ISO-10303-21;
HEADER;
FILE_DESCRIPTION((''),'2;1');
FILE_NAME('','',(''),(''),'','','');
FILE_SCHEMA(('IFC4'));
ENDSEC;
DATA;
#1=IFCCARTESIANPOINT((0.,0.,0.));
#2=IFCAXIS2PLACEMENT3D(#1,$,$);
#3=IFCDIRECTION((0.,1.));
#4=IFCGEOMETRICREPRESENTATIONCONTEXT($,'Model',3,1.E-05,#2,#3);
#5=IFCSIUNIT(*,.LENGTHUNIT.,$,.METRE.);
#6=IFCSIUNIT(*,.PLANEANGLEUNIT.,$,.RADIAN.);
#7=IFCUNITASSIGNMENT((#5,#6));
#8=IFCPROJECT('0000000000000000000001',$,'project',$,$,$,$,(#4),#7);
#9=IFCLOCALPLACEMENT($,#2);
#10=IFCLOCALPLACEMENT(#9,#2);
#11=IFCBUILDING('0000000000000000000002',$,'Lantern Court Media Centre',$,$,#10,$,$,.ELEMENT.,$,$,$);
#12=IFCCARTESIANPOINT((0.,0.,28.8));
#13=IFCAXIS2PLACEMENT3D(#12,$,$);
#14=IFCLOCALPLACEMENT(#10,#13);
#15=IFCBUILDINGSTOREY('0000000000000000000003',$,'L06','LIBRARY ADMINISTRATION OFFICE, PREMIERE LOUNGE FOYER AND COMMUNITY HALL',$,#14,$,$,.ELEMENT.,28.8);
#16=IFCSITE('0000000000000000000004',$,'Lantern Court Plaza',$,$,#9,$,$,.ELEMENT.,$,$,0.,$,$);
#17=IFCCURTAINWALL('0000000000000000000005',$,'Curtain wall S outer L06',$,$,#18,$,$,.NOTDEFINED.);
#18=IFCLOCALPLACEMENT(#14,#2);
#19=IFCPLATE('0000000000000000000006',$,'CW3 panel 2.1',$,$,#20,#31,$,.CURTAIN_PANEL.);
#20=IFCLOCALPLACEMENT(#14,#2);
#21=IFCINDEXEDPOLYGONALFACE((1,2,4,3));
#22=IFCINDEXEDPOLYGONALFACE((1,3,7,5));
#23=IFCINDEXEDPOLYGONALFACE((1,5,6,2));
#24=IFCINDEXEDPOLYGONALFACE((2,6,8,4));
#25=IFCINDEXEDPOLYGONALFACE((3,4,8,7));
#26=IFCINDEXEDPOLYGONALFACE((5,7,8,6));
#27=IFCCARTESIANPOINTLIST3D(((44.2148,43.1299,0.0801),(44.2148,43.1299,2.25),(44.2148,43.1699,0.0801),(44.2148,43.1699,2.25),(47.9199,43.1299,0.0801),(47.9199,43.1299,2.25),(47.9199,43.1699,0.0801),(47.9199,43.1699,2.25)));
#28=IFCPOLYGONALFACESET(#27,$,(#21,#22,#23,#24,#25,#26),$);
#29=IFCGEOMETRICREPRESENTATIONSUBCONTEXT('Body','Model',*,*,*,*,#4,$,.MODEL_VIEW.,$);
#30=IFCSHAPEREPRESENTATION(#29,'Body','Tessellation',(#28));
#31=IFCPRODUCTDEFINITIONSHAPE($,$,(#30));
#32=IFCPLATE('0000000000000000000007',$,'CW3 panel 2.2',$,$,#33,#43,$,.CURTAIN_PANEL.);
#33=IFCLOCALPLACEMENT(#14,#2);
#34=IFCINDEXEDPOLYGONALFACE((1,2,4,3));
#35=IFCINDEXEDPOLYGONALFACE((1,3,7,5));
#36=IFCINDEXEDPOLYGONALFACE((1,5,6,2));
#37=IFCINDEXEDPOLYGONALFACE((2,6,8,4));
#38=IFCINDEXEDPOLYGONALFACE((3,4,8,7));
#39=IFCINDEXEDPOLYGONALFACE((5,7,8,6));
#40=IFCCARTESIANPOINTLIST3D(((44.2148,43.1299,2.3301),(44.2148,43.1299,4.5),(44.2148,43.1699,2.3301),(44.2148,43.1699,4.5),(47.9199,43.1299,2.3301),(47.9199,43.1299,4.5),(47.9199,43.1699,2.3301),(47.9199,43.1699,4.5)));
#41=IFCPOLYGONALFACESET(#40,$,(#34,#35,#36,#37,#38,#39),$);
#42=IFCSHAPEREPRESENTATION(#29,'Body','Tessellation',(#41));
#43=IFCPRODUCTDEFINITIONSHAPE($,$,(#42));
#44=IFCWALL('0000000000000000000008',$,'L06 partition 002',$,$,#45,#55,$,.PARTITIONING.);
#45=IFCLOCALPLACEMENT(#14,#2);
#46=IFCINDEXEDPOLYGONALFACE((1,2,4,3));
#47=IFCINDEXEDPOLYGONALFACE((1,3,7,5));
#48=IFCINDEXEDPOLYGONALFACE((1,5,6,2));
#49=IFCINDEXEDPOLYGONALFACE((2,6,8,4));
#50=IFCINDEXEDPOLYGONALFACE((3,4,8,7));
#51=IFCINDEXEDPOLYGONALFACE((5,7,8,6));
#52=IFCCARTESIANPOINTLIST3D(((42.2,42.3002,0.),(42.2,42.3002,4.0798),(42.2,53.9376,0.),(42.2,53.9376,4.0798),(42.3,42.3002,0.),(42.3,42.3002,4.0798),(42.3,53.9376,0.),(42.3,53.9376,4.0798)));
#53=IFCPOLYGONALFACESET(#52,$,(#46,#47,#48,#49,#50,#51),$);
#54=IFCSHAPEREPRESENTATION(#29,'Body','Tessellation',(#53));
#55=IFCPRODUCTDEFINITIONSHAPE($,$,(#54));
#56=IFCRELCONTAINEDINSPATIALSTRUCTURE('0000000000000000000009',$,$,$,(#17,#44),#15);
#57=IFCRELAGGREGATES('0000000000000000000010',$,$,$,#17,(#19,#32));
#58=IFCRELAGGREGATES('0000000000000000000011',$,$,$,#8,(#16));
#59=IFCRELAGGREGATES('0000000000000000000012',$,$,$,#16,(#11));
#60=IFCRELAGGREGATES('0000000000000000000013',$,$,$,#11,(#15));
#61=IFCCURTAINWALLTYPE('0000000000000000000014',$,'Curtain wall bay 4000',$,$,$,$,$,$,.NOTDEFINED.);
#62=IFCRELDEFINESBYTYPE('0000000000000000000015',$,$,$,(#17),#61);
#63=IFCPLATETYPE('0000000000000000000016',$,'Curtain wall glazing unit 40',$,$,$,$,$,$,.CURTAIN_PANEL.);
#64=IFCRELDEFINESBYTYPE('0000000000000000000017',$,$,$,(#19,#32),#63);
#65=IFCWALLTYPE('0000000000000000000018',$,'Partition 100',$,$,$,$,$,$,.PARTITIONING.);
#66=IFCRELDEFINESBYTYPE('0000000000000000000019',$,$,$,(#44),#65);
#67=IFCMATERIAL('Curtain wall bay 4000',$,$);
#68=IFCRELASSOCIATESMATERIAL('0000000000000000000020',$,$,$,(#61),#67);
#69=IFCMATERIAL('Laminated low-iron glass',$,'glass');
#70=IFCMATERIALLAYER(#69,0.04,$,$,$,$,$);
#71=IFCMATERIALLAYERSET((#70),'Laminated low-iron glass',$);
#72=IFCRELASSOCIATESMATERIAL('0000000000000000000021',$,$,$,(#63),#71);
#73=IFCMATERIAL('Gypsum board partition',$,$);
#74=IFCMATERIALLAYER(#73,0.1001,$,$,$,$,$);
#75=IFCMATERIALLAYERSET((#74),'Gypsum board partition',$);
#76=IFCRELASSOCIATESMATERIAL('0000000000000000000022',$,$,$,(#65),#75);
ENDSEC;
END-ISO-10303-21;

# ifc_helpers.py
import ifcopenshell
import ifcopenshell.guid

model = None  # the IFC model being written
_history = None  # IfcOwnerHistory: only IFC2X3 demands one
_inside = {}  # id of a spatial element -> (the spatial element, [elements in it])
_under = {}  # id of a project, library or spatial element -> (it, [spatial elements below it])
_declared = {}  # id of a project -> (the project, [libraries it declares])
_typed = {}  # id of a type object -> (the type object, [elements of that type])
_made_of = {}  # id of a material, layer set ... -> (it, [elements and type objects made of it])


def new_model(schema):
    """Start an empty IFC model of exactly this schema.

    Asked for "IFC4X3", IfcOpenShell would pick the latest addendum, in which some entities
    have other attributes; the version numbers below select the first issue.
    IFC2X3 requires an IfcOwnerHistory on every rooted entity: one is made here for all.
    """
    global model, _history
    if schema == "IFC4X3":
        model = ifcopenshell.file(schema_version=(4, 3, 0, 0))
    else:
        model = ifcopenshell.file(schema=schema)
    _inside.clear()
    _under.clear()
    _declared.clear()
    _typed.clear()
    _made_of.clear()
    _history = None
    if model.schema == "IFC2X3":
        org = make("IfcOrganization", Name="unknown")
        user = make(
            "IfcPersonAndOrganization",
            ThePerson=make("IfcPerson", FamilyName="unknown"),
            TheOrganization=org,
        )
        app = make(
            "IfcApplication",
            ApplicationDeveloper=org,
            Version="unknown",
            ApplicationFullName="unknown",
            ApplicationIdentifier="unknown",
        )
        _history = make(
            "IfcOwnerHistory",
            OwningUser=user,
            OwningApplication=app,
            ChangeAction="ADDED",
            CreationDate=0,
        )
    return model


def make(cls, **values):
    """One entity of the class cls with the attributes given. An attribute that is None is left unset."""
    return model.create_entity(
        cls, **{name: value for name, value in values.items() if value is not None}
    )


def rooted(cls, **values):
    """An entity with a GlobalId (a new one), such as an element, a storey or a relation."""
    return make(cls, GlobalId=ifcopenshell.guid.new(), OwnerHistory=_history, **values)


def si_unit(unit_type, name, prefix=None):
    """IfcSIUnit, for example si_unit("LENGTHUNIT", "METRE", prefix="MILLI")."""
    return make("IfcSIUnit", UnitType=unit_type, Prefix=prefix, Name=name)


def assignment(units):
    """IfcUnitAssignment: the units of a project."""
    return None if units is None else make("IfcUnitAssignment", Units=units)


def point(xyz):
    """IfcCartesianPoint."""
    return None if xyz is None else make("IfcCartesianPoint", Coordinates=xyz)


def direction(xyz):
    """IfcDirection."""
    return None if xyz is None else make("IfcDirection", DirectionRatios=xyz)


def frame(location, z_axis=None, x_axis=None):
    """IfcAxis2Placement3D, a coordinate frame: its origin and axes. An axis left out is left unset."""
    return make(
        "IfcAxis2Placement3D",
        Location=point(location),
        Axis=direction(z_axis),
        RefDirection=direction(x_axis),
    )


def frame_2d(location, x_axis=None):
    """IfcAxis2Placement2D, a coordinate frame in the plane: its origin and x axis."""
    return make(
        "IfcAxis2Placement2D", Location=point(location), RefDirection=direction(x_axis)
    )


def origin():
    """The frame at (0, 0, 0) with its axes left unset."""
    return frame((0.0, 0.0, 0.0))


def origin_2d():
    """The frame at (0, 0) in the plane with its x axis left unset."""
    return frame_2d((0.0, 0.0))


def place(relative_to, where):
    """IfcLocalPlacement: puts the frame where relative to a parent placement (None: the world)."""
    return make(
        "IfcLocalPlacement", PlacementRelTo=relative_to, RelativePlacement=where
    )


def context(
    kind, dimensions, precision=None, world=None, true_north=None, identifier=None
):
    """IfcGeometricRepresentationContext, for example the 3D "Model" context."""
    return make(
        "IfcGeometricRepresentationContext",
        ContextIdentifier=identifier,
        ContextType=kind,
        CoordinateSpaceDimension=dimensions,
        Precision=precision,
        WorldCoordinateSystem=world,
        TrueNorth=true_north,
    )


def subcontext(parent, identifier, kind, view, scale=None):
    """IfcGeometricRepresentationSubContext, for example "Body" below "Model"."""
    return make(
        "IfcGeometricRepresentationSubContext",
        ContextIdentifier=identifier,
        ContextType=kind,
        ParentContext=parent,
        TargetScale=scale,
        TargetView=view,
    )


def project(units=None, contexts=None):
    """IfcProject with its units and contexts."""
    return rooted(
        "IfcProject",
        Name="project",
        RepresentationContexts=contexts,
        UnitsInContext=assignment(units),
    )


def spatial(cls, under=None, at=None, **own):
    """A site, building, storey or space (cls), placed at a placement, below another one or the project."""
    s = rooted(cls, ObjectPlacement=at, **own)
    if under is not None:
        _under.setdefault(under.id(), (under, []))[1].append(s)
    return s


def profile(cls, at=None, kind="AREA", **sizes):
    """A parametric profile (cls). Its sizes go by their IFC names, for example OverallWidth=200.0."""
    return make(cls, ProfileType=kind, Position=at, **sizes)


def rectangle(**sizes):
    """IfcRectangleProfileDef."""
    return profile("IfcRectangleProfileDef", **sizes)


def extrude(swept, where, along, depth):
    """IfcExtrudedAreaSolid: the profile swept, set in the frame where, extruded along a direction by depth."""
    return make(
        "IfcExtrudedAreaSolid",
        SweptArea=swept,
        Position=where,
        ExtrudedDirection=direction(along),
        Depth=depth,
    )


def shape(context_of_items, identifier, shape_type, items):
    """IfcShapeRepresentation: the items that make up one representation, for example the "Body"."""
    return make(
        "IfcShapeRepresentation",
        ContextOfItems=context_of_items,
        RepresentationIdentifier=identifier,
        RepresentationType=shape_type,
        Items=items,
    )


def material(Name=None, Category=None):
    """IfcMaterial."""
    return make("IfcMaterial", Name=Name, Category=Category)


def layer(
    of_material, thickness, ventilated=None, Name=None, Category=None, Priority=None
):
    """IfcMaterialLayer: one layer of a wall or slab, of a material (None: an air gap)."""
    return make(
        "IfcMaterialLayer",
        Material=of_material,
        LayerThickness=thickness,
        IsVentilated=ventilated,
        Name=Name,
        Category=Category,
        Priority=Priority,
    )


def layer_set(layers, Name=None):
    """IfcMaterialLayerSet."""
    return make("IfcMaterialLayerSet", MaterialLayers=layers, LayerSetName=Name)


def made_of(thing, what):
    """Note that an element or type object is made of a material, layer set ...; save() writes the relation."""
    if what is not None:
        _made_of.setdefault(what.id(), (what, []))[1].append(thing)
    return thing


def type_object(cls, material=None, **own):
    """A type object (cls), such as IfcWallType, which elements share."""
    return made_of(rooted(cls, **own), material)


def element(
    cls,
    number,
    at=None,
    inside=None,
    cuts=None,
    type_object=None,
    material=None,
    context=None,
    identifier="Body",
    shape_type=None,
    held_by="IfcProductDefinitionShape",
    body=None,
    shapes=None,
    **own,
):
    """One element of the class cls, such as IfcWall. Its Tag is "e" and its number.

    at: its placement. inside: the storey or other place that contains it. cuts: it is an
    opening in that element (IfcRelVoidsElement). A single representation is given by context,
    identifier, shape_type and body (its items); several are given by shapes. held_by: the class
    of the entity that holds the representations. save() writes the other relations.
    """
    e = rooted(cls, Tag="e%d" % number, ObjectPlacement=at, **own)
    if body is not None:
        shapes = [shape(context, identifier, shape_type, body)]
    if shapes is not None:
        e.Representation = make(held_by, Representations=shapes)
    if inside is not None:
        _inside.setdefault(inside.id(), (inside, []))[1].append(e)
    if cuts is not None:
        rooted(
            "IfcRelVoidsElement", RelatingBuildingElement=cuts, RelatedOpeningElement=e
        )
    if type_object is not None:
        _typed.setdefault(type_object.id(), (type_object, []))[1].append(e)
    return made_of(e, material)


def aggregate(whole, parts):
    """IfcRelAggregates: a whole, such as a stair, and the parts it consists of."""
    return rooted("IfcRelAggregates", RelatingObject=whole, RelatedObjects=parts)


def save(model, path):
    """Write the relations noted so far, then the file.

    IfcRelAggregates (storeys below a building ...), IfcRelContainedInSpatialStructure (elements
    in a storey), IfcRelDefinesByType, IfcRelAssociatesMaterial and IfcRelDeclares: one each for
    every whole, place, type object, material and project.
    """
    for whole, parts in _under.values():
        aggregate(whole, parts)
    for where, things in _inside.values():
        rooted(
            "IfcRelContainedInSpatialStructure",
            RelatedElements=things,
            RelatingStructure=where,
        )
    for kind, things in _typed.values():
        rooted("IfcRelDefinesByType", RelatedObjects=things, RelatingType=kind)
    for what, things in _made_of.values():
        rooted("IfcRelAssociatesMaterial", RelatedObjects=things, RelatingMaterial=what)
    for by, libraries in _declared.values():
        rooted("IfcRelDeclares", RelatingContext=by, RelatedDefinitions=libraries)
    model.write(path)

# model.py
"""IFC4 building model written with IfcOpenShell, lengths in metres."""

from ifc_helpers import new_model, si_unit, direction, frame, frame_2d, origin, origin_2d, place, context, subcontext, project, spatial, rectangle, extrude, material, layer, layer_set, type_object, element, aggregate, save


model = new_model("IFC4")

# Units and contexts
model_context = context("Model", 3, precision=1e-05, world=origin(), true_north=direction((0.0, 1.0)))
body_context = subcontext(model_context, "Body", "Model", "MODEL_VIEW")
ifc_project = project(units=[si_unit("LENGTHUNIT", "METRE"), si_unit("PLANEANGLEUNIT", "RADIAN")], contexts=[model_context])

# Site, building, storey
site_placement = place(None, origin())
site = spatial("IfcSite", under=ifc_project, at=site_placement, Name="Lantern Court Plaza", CompositionType="ELEMENT", RefElevation=0.0)
building_placement = place(site_placement, origin())
building = spatial("IfcBuilding", under=site, at=building_placement, Name="Lantern Court Media Centre", CompositionType="ELEMENT")
storey_placement = place(building_placement, frame((0.0, 0.0, 28.8)))
storey = spatial("IfcBuildingStorey", under=building, at=storey_placement, Name="L06", Description="LIBRARY ADMINISTRATION OFFICE, PREMIERE LOUNGE FOYER AND COMMUNITY HALL", CompositionType="ELEMENT", Elevation=28.8)

# Curtain wall
ifc_material_1 = material(Name="Curtain wall bay 4000")
curtain_wall_type = type_object("IfcCurtainWallType", Name="Curtain wall bay 4000", PredefinedType="NOTDEFINED", material=ifc_material_1)
curtain_wall_placement = place(storey_placement, origin())
curtain_wall = element("IfcCurtainWall", 1, at=curtain_wall_placement, inside=storey, type_object=curtain_wall_type, Name="Curtain wall S outer L06", PredefinedType="NOTDEFINED")

# Plates
ifc_material_2 = material(Name="Laminated low-iron glass", Category="glass")
ifc_layer_1 = layer(ifc_material_2, 0.04)
ifc_layer_set_1 = layer_set([ifc_layer_1], Name="Laminated low-iron glass")
plate_type = type_object("IfcPlateType", Name="Curtain wall glazing unit 40", PredefinedType="CURTAIN_PANEL", material=ifc_layer_set_1)
plate_1_placement = place(storey_placement, frame((46.0674, 43.1499, 0.0801), z_axis=(0.0, 0.0, 1.0), x_axis=(1.0, 0.0, 0.0)))
plate_1 = element("IfcPlate", 2, at=plate_1_placement, type_object=plate_type, Name="CW3 panel 2.1", PredefinedType="CURTAIN_PANEL", context=body_context, shape_type="SweptSolid", body=[
    extrude(rectangle(XDim=3.7051, YDim=0.04, at=origin_2d()), origin(), (0.0, 0.0, 1.0), 2.1699),
])
plate_2_placement = place(storey_placement, frame((46.0674, 43.1499, 2.3301), z_axis=(0.0, 0.0, 1.0), x_axis=(1.0, 0.0, 0.0)))
plate_2 = element("IfcPlate", 3, at=plate_2_placement, type_object=plate_type, Name="CW3 panel 2.2", PredefinedType="CURTAIN_PANEL", context=body_context, shape_type="SweptSolid", body=[
    extrude(rectangle(XDim=3.7051, YDim=0.04, at=origin_2d()), origin(), (0.0, 0.0, 1.0), 2.1699),
])
aggregate(curtain_wall, [plate_1, plate_2])

# Wall
ifc_material_3 = material(Name="Gypsum board partition")
ifc_layer_2 = layer(ifc_material_3, 0.1001)
ifc_layer_set_2 = layer_set([ifc_layer_2], Name="Gypsum board partition")
wall_type = type_object("IfcWallType", Name="Partition 100", PredefinedType="PARTITIONING", material=ifc_layer_set_2)
wall_placement = place(storey_placement, frame((42.25, 42.3, 0.0), z_axis=(0.0, 0.0, 1.0), x_axis=(0.0, 1.0, 0.0)))
element("IfcWall", 4, at=wall_placement, inside=storey, type_object=wall_type, Name="L06 partition 002", PredefinedType="PARTITIONING", context=body_context, shape_type="SweptSolid", body=[
    extrude(rectangle(XDim=11.6375, YDim=0.1001, at=frame_2d((5.8188, 0.0))), origin(), (0.0, 0.0, 1.0), 4.0798),
])

save(model, "model.ifc")
